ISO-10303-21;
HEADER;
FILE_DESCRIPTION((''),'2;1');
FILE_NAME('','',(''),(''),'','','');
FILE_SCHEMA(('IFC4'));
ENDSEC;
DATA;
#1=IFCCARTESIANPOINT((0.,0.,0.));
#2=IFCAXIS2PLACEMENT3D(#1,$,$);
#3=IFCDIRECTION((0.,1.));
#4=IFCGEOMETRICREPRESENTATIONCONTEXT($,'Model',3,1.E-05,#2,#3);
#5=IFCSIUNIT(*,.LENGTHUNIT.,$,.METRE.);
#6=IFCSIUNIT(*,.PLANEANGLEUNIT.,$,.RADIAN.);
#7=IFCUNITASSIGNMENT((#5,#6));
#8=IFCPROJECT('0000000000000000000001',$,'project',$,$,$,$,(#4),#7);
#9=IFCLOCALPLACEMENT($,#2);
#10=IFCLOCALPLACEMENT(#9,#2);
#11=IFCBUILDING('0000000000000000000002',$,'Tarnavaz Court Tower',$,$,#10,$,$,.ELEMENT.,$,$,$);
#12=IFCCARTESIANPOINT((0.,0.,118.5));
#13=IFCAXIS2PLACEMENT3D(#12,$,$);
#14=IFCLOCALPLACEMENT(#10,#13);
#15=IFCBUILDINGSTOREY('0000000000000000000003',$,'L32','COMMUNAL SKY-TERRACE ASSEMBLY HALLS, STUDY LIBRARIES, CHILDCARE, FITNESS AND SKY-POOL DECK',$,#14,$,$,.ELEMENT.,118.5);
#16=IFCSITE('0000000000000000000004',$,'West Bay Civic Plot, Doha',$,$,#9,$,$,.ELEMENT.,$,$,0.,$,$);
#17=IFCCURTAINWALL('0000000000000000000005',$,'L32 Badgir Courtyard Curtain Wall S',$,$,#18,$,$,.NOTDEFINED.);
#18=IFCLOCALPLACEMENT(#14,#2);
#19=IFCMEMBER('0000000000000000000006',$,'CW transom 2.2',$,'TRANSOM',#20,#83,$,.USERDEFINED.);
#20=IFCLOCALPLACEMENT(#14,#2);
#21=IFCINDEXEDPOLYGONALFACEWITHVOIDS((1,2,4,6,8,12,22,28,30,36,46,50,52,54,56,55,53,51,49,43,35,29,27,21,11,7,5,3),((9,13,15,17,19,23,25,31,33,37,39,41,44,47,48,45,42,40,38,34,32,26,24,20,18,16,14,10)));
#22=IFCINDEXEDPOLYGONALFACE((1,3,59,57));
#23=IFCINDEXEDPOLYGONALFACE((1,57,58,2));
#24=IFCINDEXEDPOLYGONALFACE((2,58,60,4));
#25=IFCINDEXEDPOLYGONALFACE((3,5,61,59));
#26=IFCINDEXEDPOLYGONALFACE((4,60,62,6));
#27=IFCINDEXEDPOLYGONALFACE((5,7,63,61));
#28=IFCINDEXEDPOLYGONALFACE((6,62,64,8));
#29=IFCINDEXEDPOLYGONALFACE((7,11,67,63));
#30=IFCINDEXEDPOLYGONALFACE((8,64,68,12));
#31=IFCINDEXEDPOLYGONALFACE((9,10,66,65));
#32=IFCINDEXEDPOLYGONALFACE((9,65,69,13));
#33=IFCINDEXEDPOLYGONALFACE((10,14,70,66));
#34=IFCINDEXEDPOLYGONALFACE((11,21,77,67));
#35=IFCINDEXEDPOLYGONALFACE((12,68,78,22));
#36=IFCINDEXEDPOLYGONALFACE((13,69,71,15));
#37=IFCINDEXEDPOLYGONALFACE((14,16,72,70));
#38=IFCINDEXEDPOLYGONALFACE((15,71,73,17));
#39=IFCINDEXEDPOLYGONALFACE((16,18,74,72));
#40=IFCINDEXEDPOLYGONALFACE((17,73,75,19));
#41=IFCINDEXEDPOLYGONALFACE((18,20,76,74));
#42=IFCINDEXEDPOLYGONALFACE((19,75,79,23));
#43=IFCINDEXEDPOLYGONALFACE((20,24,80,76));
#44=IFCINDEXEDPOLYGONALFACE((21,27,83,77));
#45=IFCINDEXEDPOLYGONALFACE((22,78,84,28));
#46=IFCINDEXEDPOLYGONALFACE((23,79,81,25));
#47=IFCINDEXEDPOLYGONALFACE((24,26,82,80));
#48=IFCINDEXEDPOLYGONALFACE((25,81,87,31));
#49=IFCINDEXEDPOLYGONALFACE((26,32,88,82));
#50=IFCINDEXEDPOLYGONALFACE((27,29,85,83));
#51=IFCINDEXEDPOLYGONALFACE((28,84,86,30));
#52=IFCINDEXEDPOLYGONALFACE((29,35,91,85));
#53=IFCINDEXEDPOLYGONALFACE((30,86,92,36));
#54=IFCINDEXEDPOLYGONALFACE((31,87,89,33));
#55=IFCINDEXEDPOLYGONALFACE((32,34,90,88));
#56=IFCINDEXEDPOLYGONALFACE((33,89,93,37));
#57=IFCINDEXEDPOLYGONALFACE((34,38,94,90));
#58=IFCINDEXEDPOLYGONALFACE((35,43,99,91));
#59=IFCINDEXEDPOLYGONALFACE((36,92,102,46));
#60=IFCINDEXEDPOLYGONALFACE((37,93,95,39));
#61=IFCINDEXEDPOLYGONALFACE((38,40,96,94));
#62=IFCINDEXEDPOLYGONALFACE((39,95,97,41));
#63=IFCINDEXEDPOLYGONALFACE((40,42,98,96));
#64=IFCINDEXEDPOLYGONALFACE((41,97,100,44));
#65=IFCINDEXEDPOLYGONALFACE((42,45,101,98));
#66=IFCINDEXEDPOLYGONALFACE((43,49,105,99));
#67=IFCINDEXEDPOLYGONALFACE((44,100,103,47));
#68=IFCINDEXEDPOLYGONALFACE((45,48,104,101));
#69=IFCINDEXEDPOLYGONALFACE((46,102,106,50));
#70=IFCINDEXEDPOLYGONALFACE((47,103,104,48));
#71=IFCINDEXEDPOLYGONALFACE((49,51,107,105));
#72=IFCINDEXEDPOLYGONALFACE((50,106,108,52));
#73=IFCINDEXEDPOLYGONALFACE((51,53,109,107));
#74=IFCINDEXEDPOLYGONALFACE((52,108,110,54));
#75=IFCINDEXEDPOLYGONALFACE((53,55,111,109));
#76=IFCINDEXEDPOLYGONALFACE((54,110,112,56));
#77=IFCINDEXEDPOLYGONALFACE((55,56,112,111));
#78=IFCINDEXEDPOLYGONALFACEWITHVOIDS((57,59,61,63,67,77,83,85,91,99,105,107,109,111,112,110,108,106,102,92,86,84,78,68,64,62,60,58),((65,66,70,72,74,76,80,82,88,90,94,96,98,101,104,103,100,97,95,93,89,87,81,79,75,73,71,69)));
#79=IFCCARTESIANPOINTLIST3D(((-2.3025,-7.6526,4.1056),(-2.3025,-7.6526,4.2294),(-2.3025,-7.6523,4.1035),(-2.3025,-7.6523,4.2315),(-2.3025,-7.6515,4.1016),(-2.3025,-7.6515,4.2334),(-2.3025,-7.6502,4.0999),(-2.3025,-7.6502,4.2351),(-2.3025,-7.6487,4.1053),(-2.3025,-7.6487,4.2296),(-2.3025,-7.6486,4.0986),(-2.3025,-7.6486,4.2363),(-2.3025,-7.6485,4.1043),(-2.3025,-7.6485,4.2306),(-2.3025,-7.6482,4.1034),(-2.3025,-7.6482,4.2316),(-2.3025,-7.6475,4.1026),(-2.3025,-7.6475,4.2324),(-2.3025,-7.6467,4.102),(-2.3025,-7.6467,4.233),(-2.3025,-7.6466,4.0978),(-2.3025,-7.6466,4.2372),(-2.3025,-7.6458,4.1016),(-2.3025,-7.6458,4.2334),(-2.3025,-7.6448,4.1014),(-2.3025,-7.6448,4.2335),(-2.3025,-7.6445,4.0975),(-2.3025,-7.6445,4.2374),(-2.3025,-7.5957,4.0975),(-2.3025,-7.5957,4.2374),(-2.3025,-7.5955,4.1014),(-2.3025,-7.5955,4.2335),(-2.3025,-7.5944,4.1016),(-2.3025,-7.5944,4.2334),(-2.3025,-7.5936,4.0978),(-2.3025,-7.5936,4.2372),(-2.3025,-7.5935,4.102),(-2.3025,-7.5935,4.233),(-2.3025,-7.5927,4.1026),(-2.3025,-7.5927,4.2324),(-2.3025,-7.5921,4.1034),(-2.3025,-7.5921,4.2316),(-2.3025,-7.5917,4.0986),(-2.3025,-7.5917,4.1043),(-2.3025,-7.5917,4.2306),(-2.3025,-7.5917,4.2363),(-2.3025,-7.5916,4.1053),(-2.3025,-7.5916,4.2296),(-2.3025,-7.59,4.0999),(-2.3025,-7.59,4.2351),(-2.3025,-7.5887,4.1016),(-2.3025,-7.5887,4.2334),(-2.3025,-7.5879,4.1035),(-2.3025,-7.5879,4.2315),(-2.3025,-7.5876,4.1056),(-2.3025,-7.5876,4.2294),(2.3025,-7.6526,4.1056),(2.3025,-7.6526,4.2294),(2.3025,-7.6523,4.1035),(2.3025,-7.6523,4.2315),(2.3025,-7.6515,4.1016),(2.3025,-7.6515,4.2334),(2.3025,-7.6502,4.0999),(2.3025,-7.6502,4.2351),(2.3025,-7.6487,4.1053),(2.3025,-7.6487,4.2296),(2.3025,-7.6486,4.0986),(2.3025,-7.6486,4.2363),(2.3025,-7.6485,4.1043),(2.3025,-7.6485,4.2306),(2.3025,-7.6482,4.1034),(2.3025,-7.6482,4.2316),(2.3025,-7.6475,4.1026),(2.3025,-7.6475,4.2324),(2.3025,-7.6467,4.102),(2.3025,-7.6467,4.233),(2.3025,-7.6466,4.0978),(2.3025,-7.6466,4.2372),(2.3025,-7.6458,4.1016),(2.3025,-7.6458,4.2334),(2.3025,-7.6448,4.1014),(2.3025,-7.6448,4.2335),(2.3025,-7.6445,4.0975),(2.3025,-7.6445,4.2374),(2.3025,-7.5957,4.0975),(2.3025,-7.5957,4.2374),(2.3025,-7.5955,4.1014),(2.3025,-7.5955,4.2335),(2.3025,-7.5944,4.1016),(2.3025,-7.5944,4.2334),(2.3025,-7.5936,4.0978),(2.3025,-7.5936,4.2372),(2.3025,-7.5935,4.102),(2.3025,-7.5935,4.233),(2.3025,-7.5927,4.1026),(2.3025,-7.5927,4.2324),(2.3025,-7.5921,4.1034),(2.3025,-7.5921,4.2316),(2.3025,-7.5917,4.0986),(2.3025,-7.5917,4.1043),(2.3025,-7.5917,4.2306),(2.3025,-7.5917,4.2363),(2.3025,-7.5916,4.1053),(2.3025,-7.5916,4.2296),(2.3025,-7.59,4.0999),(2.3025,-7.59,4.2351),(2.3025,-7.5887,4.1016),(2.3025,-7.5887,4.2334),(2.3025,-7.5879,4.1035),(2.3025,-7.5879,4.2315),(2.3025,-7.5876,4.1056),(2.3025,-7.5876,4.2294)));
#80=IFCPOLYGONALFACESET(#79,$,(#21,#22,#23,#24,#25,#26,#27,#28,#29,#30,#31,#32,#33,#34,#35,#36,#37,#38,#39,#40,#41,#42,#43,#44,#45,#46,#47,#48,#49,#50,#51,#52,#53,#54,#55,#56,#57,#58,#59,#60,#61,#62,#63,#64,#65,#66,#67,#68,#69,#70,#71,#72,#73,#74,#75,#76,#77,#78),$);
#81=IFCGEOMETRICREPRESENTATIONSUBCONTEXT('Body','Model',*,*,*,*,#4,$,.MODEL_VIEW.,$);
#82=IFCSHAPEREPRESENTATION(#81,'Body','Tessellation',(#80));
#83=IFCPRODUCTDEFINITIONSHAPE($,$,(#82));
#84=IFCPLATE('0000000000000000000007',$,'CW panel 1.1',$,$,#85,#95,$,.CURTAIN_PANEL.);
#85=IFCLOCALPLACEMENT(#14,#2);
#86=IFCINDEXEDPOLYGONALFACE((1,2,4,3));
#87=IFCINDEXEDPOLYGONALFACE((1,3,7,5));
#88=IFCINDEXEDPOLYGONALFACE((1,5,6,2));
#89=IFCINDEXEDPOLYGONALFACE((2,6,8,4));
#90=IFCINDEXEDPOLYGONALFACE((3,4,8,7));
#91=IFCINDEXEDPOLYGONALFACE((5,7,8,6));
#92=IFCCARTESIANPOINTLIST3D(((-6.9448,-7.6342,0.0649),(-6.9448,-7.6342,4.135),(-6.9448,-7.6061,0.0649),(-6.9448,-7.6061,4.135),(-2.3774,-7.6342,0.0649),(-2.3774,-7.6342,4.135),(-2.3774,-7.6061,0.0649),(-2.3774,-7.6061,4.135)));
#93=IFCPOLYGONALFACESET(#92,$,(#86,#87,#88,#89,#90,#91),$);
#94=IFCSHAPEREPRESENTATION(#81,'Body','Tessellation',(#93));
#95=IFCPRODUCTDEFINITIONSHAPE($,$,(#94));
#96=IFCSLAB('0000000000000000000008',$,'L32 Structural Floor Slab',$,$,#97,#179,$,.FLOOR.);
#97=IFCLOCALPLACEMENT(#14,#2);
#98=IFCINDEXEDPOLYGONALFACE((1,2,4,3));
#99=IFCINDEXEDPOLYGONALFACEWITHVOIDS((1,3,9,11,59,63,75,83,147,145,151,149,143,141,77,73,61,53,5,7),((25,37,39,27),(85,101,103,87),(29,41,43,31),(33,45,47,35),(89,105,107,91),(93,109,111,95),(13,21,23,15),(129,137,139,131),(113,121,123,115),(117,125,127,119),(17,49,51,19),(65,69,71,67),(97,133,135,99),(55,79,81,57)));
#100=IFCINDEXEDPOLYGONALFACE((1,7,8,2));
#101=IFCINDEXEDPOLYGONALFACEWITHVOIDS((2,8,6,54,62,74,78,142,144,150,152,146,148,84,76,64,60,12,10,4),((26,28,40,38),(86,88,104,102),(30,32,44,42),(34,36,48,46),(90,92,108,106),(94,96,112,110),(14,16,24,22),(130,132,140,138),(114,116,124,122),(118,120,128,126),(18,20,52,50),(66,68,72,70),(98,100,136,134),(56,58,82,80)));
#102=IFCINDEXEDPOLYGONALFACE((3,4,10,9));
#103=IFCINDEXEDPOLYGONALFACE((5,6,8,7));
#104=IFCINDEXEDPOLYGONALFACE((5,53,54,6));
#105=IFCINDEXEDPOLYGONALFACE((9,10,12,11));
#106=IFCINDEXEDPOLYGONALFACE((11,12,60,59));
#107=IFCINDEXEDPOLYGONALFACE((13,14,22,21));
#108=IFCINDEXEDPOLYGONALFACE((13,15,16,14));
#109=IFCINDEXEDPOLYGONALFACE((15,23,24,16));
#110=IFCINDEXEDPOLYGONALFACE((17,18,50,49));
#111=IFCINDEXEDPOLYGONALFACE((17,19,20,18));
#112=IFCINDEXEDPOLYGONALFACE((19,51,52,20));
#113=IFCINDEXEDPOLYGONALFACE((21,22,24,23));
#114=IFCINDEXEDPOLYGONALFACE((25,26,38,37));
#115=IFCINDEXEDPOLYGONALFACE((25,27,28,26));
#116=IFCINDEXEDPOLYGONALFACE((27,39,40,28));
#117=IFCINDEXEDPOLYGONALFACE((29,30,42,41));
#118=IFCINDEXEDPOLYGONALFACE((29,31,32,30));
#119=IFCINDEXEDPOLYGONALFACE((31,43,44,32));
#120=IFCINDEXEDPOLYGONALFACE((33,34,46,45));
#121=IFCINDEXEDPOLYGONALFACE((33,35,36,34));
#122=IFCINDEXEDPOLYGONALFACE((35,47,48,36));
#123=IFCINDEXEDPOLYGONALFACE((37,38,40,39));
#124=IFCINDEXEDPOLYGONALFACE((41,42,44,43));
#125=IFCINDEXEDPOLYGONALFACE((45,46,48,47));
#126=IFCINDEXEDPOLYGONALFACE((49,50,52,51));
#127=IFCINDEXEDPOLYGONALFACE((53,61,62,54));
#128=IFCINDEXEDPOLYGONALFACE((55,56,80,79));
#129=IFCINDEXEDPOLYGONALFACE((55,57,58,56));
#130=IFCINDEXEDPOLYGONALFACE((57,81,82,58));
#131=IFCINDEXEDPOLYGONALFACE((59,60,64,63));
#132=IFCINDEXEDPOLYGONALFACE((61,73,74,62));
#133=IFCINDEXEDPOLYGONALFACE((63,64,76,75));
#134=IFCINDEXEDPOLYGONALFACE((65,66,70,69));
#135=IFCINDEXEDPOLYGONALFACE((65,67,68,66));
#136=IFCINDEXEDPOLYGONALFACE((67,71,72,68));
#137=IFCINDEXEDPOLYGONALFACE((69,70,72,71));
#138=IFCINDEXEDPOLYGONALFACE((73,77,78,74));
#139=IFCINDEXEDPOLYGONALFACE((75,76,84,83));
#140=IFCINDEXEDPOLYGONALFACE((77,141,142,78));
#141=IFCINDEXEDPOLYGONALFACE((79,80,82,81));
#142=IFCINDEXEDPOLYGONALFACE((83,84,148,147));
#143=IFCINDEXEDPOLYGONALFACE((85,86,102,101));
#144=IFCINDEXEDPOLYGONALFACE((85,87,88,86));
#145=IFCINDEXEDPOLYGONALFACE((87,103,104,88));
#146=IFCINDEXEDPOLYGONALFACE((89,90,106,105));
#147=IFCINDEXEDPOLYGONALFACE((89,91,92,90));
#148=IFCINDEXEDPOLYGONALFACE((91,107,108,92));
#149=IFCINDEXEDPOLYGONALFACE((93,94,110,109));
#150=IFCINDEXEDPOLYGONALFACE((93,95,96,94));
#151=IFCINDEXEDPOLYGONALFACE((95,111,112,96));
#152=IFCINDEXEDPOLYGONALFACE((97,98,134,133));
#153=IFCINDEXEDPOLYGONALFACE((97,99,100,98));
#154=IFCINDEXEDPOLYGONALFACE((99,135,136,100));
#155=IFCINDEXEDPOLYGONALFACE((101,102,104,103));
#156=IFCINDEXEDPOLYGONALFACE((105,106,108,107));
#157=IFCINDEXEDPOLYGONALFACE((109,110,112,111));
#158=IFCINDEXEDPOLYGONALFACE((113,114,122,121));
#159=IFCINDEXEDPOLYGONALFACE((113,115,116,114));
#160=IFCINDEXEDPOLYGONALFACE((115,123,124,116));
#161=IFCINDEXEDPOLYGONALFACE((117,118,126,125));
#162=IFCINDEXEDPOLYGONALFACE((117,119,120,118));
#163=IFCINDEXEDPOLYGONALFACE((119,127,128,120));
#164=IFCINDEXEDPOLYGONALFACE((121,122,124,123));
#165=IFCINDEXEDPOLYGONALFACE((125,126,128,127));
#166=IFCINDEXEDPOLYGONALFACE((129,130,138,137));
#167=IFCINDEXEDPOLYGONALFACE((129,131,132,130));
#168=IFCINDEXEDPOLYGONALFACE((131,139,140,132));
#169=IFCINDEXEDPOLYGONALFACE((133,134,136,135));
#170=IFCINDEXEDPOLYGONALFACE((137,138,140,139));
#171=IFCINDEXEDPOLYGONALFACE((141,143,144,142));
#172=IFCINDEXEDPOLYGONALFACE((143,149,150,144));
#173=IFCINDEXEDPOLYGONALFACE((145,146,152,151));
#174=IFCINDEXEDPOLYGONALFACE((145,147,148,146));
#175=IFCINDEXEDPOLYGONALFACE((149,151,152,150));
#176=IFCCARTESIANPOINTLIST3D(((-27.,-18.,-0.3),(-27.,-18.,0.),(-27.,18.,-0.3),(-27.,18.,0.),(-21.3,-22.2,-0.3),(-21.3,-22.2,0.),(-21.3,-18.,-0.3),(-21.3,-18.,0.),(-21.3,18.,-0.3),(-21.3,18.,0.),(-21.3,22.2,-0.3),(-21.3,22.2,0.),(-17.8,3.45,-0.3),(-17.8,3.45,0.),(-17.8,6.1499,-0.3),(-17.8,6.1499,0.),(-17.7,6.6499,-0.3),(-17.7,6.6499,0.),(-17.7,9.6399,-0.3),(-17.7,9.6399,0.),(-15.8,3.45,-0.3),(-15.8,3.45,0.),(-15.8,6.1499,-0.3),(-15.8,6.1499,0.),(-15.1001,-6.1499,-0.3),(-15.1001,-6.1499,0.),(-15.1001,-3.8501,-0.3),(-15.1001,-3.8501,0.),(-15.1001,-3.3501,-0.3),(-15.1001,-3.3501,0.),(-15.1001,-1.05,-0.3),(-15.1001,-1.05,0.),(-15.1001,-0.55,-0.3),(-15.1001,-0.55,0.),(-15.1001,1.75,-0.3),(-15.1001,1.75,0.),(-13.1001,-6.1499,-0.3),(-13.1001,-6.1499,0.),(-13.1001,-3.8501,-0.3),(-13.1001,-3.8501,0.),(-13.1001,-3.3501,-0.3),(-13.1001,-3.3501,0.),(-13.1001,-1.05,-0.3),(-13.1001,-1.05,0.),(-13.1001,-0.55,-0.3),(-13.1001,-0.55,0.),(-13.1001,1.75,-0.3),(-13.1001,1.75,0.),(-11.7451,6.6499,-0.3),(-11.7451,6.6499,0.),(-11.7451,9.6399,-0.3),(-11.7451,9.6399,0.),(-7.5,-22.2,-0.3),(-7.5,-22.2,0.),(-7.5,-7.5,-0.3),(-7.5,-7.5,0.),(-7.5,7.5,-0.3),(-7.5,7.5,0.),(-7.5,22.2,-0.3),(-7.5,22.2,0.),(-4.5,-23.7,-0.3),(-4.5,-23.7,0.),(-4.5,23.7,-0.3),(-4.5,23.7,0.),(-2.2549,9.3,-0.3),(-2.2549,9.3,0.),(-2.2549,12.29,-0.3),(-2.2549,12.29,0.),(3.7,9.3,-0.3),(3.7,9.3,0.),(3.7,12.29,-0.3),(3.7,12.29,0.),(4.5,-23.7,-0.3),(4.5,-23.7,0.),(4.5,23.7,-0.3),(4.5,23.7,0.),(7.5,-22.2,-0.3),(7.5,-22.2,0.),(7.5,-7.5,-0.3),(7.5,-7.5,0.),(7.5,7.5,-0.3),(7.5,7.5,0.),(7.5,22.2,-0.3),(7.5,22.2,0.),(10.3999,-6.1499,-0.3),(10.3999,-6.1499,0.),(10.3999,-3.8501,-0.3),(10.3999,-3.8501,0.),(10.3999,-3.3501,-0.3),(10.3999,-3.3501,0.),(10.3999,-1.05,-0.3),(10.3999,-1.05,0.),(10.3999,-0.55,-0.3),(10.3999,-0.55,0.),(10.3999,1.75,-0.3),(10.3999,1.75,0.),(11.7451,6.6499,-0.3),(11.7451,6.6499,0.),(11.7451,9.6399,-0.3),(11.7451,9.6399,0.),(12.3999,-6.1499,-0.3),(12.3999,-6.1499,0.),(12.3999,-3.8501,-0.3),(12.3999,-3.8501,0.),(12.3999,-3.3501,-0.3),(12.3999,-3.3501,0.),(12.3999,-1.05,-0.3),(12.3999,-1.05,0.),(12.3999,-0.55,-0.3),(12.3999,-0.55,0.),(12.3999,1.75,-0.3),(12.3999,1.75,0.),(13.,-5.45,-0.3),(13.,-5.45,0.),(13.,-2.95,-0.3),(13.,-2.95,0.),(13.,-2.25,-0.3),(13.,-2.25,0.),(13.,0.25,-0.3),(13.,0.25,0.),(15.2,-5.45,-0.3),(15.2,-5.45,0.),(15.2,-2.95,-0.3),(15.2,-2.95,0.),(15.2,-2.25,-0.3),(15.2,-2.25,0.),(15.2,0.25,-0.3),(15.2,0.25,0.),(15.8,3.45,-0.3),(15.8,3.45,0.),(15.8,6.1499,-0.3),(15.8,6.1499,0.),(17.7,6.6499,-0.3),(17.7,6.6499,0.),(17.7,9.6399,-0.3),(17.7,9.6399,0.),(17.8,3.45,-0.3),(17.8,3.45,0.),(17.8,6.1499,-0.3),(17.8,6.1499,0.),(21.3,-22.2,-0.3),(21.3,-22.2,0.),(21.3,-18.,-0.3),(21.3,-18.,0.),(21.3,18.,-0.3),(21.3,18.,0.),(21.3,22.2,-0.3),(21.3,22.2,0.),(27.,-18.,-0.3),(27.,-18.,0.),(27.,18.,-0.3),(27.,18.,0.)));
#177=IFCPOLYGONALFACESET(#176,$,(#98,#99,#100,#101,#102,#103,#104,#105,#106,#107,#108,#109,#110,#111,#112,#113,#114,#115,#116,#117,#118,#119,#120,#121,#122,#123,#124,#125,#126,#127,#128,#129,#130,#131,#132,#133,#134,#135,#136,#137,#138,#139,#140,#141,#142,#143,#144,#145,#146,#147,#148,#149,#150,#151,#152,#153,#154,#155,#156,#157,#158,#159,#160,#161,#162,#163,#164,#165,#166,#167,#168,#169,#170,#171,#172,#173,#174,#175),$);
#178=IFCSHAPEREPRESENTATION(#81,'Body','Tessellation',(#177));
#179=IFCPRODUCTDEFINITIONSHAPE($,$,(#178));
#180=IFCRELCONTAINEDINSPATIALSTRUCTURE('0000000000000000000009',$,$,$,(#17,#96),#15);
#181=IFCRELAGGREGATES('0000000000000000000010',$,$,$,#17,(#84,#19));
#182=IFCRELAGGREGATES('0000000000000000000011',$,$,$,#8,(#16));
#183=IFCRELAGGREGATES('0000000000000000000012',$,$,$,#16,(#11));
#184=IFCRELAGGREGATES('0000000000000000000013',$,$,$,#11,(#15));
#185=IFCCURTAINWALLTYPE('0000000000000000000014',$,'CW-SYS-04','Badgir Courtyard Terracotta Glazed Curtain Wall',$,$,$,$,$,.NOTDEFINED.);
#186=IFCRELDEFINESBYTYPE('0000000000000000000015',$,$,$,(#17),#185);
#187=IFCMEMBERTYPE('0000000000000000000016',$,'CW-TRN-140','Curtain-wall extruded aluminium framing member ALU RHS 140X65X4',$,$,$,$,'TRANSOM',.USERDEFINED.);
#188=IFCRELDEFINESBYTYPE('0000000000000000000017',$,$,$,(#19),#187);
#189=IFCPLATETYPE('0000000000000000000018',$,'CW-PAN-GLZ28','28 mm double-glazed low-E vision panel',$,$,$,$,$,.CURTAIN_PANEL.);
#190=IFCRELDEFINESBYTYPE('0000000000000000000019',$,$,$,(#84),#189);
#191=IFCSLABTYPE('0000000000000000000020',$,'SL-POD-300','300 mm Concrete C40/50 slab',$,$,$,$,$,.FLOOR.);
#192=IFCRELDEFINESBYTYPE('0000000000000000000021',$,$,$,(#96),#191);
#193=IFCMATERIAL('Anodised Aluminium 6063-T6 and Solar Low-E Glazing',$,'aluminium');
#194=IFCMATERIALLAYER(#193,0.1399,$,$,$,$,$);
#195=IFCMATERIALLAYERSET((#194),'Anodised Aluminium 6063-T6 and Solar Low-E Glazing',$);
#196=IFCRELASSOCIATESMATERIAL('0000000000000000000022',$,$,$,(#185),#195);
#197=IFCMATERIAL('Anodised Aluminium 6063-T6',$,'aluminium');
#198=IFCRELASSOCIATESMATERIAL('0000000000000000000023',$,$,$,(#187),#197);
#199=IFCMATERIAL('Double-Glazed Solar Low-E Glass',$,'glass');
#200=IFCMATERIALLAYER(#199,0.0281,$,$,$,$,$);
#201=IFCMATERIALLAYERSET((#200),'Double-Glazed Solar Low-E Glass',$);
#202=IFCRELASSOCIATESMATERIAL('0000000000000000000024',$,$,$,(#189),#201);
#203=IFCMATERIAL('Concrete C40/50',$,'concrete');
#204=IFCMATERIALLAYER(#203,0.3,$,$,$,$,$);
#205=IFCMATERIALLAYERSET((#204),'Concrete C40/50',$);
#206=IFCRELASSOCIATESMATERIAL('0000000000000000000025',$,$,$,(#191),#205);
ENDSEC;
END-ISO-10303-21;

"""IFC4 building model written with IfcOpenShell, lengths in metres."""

from ifc_helpers import new_model, si_unit, direction, frame, origin, origin_2d, place, context, subcontext, project, spatial, polyline, rectangle, hollow_rectangle, outline, extrude, material, layer, layer_set, material_profile, profile_set, type_object, element, aggregate, save


model = new_model("IFC4")

# Units and contexts
model_context = context("Model", 3, precision=1e-05, world=origin(), true_north=direction((0.0, 1.0)))
body_context = subcontext(model_context, "Body", "Model", "MODEL_VIEW")
ifc_project = project(units=[si_unit("LENGTHUNIT", "METRE"), si_unit("PLANEANGLEUNIT", "RADIAN")], contexts=[model_context])

# Site, building, storey
site_placement = place(None, origin())
site = spatial("IfcSite", under=ifc_project, at=site_placement, Name="West Bay Civic Plot, Doha", CompositionType="ELEMENT", RefElevation=0.0)
building_placement = place(site_placement, origin())
building = spatial("IfcBuilding", under=site, at=building_placement, Name="Tarnavaz Court Tower", CompositionType="ELEMENT")
storey_placement = place(building_placement, frame((0.0, 0.0, 118.5)))
storey = spatial("IfcBuildingStorey", under=building, at=storey_placement, Name="L32", Description="COMMUNAL SKY-TERRACE ASSEMBLY HALLS, STUDY LIBRARIES, CHILDCARE, FITNESS AND SKY-POOL DECK", CompositionType="ELEMENT", Elevation=118.5)

# Curtain wall, member, plate
ifc_material_1 = material(Name="Anodised Aluminium 6063-T6 and Solar Low-E Glazing", Category="aluminium")
ifc_layer_1 = layer(ifc_material_1, 0.1399)
ifc_layer_set_1 = layer_set([ifc_layer_1], Name="Anodised Aluminium 6063-T6 and Solar Low-E Glazing")
curtain_wall_type = type_object("IfcCurtainWallType", Name="CW-SYS-04", Description="Badgir Courtyard Terracotta Glazed Curtain Wall", PredefinedType="NOTDEFINED", material=ifc_layer_set_1)
curtain_wall_placement = place(storey_placement, origin())
curtain_wall = element("IfcCurtainWall", 1, at=curtain_wall_placement, inside=storey, type_object=curtain_wall_type, Name="L32 Badgir Courtyard Curtain Wall S", PredefinedType="NOTDEFINED")
ifc_material_2 = material(Name="Anodised Aluminium 6063-T6", Category="aluminium")
ifc_material_profile_1 = material_profile(ifc_material_2, hollow_rectangle(XDim=0.0649, YDim=0.1399, WallThickness=0.0039, InnerFilletRadius=0.0039, OuterFilletRadius=0.0081, at=origin_2d()), Name="ALU RHS 140X65X4")
ifc_profile_set_1 = profile_set([ifc_material_profile_1], Name="Anodised Aluminium 6063-T6")
member_type_1 = type_object("IfcMemberType", Name="CW-TRN-140", Description="Curtain-wall extruded aluminium framing member ALU RHS 140X65X4", ElementType="TRANSOM", PredefinedType="USERDEFINED", material=ifc_profile_set_1)
member_1_placement = place(storey_placement, frame((-2.3025, -7.6201, 4.1675), z_axis=(1.0, 0.0, 0.0), x_axis=(0.0, 1.0, 0.0)))
member_1 = element("IfcMember", 2, at=member_1_placement, type_object=member_type_1, Name="CW transom 2.2", ObjectType="TRANSOM", PredefinedType="USERDEFINED", context=body_context, shape_type="SweptSolid", body=[
    extrude(hollow_rectangle(XDim=0.0649, YDim=0.1399, WallThickness=0.0039, InnerFilletRadius=0.0039, OuterFilletRadius=0.0081, at=origin_2d()), origin(), (0.0, 0.0, 1.0), 4.605),
])
ifc_material_3 = material(Name="Double-Glazed Solar Low-E Glass", Category="glass")
ifc_layer_2 = layer(ifc_material_3, 0.0281)
ifc_layer_set_2 = layer_set([ifc_layer_2], Name="Double-Glazed Solar Low-E Glass")
plate_type = type_object("IfcPlateType", Name="CW-PAN-GLZ28", Description="28 mm double-glazed low-E vision panel", PredefinedType="CURTAIN_PANEL", material=ifc_layer_set_2)
plate_placement = place(storey_placement, frame((-4.6611, -7.6201, 0.0649), z_axis=(0.0, 0.0, 1.0), x_axis=(1.0, 0.0, 0.0)))
plate = element("IfcPlate", 3, at=plate_placement, type_object=plate_type, Name="CW panel 1.1", PredefinedType="CURTAIN_PANEL", context=body_context, shape_type="SweptSolid", body=[
    extrude(rectangle(XDim=4.5674, YDim=0.0281, at=origin_2d()), origin(), (0.0, 0.0, 1.0), 4.0701),
])
aggregate(curtain_wall, [plate, member_1])

# Slab
ifc_material_4 = material(Name="Concrete C40/50", Category="concrete")
ifc_layer_3 = layer(ifc_material_4, 0.3)
ifc_layer_set_3 = layer_set([ifc_layer_3], Name="Concrete C40/50")
slab_type_1 = type_object("IfcSlabType", Name="SL-POD-300", Description="300 mm Concrete C40/50 slab", PredefinedType="FLOOR", material=ifc_layer_set_3)
slab_1_placement = place(storey_placement, frame((0.0, 0.0, -0.3)))
element("IfcSlab", 4, at=slab_1_placement, inside=storey, type_object=slab_type_1, Name="L32 Structural Floor Slab", PredefinedType="FLOOR", context=body_context, shape_type="SweptSolid", body=[
    extrude(outline(polyline([(-21.3, -22.2), (-7.5, -22.2), (-4.5, -23.7), (4.5, -23.7), (7.5, -22.2), (21.3, -22.2), (21.3, -18.0), (27.0, -18.0), (27.0, 18.0), (21.3, 18.0), (21.3, 22.2), (7.5, 22.2), (4.5, 23.7), (-4.5, 23.7), (-7.5, 22.2), (-21.3, 22.2), (-21.3, 18.0), (-27.0, 18.0), (-27.0, -18.0), (-21.3, -18.0), (-21.3, -22.2)]), holes=[polyline([(-7.5, -7.5), (7.5, -7.5), (7.5, 7.5), (-7.5, 7.5), (-7.5, -7.5)]), polyline([(-11.7451, 9.6399), (-17.7, 9.6399), (-17.7, 6.6499), (-11.7451, 6.6499), (-11.7451, 9.6399)]), polyline([(11.7451, 6.6499), (17.7, 6.6499), (17.7, 9.6399), (11.7451, 9.6399), (11.7451, 6.6499)]), polyline([(-2.2549, 9.3), (3.7, 9.3), (3.7, 12.29), (-2.2549, 12.29), (-2.2549, 9.3)]), polyline([(-17.8, 3.45), (-15.8, 3.45), (-15.8, 6.1499), (-17.8, 6.1499), (-17.8, 3.45)]), polyline([(-15.1001, -6.1499), (-13.1001, -6.1499), (-13.1001, -3.8501), (-15.1001, -3.8501), (-15.1001, -6.1499)]), polyline([(-15.1001, -3.3501), (-13.1001, -3.3501), (-13.1001, -1.05), (-15.1001, -1.05), (-15.1001, -3.3501)]), polyline([(-15.1001, -0.55), (-13.1001, -0.55), (-13.1001, 1.75), (-15.1001, 1.75), (-15.1001, -0.55)]), polyline([(15.8, 3.45), (17.8, 3.45), (17.8, 6.1499), (15.8, 6.1499), (15.8, 3.45)]), polyline([(10.3999, -6.1499), (12.3999, -6.1499), (12.3999, -3.8501), (10.3999, -3.8501), (10.3999, -6.1499)]), polyline([(10.3999, -3.3501), (12.3999, -3.3501), (12.3999, -1.05), (10.3999, -1.05), (10.3999, -3.3501)]), polyline([(10.3999, -0.55), (12.3999, -0.55), (12.3999, 1.75), (10.3999, 1.75), (10.3999, -0.55)]), polyline([(13.0, -5.45), (15.2, -5.45), (15.2, -2.95), (13.0, -2.95), (13.0, -5.45)]), polyline([(13.0, -2.25), (15.2, -2.25), (15.2, 0.25), (13.0, 0.25), (13.0, -2.25)])]), origin(), (0.0, 0.0, 1.0), 0.3),
])

save(model, "model.ifc")
